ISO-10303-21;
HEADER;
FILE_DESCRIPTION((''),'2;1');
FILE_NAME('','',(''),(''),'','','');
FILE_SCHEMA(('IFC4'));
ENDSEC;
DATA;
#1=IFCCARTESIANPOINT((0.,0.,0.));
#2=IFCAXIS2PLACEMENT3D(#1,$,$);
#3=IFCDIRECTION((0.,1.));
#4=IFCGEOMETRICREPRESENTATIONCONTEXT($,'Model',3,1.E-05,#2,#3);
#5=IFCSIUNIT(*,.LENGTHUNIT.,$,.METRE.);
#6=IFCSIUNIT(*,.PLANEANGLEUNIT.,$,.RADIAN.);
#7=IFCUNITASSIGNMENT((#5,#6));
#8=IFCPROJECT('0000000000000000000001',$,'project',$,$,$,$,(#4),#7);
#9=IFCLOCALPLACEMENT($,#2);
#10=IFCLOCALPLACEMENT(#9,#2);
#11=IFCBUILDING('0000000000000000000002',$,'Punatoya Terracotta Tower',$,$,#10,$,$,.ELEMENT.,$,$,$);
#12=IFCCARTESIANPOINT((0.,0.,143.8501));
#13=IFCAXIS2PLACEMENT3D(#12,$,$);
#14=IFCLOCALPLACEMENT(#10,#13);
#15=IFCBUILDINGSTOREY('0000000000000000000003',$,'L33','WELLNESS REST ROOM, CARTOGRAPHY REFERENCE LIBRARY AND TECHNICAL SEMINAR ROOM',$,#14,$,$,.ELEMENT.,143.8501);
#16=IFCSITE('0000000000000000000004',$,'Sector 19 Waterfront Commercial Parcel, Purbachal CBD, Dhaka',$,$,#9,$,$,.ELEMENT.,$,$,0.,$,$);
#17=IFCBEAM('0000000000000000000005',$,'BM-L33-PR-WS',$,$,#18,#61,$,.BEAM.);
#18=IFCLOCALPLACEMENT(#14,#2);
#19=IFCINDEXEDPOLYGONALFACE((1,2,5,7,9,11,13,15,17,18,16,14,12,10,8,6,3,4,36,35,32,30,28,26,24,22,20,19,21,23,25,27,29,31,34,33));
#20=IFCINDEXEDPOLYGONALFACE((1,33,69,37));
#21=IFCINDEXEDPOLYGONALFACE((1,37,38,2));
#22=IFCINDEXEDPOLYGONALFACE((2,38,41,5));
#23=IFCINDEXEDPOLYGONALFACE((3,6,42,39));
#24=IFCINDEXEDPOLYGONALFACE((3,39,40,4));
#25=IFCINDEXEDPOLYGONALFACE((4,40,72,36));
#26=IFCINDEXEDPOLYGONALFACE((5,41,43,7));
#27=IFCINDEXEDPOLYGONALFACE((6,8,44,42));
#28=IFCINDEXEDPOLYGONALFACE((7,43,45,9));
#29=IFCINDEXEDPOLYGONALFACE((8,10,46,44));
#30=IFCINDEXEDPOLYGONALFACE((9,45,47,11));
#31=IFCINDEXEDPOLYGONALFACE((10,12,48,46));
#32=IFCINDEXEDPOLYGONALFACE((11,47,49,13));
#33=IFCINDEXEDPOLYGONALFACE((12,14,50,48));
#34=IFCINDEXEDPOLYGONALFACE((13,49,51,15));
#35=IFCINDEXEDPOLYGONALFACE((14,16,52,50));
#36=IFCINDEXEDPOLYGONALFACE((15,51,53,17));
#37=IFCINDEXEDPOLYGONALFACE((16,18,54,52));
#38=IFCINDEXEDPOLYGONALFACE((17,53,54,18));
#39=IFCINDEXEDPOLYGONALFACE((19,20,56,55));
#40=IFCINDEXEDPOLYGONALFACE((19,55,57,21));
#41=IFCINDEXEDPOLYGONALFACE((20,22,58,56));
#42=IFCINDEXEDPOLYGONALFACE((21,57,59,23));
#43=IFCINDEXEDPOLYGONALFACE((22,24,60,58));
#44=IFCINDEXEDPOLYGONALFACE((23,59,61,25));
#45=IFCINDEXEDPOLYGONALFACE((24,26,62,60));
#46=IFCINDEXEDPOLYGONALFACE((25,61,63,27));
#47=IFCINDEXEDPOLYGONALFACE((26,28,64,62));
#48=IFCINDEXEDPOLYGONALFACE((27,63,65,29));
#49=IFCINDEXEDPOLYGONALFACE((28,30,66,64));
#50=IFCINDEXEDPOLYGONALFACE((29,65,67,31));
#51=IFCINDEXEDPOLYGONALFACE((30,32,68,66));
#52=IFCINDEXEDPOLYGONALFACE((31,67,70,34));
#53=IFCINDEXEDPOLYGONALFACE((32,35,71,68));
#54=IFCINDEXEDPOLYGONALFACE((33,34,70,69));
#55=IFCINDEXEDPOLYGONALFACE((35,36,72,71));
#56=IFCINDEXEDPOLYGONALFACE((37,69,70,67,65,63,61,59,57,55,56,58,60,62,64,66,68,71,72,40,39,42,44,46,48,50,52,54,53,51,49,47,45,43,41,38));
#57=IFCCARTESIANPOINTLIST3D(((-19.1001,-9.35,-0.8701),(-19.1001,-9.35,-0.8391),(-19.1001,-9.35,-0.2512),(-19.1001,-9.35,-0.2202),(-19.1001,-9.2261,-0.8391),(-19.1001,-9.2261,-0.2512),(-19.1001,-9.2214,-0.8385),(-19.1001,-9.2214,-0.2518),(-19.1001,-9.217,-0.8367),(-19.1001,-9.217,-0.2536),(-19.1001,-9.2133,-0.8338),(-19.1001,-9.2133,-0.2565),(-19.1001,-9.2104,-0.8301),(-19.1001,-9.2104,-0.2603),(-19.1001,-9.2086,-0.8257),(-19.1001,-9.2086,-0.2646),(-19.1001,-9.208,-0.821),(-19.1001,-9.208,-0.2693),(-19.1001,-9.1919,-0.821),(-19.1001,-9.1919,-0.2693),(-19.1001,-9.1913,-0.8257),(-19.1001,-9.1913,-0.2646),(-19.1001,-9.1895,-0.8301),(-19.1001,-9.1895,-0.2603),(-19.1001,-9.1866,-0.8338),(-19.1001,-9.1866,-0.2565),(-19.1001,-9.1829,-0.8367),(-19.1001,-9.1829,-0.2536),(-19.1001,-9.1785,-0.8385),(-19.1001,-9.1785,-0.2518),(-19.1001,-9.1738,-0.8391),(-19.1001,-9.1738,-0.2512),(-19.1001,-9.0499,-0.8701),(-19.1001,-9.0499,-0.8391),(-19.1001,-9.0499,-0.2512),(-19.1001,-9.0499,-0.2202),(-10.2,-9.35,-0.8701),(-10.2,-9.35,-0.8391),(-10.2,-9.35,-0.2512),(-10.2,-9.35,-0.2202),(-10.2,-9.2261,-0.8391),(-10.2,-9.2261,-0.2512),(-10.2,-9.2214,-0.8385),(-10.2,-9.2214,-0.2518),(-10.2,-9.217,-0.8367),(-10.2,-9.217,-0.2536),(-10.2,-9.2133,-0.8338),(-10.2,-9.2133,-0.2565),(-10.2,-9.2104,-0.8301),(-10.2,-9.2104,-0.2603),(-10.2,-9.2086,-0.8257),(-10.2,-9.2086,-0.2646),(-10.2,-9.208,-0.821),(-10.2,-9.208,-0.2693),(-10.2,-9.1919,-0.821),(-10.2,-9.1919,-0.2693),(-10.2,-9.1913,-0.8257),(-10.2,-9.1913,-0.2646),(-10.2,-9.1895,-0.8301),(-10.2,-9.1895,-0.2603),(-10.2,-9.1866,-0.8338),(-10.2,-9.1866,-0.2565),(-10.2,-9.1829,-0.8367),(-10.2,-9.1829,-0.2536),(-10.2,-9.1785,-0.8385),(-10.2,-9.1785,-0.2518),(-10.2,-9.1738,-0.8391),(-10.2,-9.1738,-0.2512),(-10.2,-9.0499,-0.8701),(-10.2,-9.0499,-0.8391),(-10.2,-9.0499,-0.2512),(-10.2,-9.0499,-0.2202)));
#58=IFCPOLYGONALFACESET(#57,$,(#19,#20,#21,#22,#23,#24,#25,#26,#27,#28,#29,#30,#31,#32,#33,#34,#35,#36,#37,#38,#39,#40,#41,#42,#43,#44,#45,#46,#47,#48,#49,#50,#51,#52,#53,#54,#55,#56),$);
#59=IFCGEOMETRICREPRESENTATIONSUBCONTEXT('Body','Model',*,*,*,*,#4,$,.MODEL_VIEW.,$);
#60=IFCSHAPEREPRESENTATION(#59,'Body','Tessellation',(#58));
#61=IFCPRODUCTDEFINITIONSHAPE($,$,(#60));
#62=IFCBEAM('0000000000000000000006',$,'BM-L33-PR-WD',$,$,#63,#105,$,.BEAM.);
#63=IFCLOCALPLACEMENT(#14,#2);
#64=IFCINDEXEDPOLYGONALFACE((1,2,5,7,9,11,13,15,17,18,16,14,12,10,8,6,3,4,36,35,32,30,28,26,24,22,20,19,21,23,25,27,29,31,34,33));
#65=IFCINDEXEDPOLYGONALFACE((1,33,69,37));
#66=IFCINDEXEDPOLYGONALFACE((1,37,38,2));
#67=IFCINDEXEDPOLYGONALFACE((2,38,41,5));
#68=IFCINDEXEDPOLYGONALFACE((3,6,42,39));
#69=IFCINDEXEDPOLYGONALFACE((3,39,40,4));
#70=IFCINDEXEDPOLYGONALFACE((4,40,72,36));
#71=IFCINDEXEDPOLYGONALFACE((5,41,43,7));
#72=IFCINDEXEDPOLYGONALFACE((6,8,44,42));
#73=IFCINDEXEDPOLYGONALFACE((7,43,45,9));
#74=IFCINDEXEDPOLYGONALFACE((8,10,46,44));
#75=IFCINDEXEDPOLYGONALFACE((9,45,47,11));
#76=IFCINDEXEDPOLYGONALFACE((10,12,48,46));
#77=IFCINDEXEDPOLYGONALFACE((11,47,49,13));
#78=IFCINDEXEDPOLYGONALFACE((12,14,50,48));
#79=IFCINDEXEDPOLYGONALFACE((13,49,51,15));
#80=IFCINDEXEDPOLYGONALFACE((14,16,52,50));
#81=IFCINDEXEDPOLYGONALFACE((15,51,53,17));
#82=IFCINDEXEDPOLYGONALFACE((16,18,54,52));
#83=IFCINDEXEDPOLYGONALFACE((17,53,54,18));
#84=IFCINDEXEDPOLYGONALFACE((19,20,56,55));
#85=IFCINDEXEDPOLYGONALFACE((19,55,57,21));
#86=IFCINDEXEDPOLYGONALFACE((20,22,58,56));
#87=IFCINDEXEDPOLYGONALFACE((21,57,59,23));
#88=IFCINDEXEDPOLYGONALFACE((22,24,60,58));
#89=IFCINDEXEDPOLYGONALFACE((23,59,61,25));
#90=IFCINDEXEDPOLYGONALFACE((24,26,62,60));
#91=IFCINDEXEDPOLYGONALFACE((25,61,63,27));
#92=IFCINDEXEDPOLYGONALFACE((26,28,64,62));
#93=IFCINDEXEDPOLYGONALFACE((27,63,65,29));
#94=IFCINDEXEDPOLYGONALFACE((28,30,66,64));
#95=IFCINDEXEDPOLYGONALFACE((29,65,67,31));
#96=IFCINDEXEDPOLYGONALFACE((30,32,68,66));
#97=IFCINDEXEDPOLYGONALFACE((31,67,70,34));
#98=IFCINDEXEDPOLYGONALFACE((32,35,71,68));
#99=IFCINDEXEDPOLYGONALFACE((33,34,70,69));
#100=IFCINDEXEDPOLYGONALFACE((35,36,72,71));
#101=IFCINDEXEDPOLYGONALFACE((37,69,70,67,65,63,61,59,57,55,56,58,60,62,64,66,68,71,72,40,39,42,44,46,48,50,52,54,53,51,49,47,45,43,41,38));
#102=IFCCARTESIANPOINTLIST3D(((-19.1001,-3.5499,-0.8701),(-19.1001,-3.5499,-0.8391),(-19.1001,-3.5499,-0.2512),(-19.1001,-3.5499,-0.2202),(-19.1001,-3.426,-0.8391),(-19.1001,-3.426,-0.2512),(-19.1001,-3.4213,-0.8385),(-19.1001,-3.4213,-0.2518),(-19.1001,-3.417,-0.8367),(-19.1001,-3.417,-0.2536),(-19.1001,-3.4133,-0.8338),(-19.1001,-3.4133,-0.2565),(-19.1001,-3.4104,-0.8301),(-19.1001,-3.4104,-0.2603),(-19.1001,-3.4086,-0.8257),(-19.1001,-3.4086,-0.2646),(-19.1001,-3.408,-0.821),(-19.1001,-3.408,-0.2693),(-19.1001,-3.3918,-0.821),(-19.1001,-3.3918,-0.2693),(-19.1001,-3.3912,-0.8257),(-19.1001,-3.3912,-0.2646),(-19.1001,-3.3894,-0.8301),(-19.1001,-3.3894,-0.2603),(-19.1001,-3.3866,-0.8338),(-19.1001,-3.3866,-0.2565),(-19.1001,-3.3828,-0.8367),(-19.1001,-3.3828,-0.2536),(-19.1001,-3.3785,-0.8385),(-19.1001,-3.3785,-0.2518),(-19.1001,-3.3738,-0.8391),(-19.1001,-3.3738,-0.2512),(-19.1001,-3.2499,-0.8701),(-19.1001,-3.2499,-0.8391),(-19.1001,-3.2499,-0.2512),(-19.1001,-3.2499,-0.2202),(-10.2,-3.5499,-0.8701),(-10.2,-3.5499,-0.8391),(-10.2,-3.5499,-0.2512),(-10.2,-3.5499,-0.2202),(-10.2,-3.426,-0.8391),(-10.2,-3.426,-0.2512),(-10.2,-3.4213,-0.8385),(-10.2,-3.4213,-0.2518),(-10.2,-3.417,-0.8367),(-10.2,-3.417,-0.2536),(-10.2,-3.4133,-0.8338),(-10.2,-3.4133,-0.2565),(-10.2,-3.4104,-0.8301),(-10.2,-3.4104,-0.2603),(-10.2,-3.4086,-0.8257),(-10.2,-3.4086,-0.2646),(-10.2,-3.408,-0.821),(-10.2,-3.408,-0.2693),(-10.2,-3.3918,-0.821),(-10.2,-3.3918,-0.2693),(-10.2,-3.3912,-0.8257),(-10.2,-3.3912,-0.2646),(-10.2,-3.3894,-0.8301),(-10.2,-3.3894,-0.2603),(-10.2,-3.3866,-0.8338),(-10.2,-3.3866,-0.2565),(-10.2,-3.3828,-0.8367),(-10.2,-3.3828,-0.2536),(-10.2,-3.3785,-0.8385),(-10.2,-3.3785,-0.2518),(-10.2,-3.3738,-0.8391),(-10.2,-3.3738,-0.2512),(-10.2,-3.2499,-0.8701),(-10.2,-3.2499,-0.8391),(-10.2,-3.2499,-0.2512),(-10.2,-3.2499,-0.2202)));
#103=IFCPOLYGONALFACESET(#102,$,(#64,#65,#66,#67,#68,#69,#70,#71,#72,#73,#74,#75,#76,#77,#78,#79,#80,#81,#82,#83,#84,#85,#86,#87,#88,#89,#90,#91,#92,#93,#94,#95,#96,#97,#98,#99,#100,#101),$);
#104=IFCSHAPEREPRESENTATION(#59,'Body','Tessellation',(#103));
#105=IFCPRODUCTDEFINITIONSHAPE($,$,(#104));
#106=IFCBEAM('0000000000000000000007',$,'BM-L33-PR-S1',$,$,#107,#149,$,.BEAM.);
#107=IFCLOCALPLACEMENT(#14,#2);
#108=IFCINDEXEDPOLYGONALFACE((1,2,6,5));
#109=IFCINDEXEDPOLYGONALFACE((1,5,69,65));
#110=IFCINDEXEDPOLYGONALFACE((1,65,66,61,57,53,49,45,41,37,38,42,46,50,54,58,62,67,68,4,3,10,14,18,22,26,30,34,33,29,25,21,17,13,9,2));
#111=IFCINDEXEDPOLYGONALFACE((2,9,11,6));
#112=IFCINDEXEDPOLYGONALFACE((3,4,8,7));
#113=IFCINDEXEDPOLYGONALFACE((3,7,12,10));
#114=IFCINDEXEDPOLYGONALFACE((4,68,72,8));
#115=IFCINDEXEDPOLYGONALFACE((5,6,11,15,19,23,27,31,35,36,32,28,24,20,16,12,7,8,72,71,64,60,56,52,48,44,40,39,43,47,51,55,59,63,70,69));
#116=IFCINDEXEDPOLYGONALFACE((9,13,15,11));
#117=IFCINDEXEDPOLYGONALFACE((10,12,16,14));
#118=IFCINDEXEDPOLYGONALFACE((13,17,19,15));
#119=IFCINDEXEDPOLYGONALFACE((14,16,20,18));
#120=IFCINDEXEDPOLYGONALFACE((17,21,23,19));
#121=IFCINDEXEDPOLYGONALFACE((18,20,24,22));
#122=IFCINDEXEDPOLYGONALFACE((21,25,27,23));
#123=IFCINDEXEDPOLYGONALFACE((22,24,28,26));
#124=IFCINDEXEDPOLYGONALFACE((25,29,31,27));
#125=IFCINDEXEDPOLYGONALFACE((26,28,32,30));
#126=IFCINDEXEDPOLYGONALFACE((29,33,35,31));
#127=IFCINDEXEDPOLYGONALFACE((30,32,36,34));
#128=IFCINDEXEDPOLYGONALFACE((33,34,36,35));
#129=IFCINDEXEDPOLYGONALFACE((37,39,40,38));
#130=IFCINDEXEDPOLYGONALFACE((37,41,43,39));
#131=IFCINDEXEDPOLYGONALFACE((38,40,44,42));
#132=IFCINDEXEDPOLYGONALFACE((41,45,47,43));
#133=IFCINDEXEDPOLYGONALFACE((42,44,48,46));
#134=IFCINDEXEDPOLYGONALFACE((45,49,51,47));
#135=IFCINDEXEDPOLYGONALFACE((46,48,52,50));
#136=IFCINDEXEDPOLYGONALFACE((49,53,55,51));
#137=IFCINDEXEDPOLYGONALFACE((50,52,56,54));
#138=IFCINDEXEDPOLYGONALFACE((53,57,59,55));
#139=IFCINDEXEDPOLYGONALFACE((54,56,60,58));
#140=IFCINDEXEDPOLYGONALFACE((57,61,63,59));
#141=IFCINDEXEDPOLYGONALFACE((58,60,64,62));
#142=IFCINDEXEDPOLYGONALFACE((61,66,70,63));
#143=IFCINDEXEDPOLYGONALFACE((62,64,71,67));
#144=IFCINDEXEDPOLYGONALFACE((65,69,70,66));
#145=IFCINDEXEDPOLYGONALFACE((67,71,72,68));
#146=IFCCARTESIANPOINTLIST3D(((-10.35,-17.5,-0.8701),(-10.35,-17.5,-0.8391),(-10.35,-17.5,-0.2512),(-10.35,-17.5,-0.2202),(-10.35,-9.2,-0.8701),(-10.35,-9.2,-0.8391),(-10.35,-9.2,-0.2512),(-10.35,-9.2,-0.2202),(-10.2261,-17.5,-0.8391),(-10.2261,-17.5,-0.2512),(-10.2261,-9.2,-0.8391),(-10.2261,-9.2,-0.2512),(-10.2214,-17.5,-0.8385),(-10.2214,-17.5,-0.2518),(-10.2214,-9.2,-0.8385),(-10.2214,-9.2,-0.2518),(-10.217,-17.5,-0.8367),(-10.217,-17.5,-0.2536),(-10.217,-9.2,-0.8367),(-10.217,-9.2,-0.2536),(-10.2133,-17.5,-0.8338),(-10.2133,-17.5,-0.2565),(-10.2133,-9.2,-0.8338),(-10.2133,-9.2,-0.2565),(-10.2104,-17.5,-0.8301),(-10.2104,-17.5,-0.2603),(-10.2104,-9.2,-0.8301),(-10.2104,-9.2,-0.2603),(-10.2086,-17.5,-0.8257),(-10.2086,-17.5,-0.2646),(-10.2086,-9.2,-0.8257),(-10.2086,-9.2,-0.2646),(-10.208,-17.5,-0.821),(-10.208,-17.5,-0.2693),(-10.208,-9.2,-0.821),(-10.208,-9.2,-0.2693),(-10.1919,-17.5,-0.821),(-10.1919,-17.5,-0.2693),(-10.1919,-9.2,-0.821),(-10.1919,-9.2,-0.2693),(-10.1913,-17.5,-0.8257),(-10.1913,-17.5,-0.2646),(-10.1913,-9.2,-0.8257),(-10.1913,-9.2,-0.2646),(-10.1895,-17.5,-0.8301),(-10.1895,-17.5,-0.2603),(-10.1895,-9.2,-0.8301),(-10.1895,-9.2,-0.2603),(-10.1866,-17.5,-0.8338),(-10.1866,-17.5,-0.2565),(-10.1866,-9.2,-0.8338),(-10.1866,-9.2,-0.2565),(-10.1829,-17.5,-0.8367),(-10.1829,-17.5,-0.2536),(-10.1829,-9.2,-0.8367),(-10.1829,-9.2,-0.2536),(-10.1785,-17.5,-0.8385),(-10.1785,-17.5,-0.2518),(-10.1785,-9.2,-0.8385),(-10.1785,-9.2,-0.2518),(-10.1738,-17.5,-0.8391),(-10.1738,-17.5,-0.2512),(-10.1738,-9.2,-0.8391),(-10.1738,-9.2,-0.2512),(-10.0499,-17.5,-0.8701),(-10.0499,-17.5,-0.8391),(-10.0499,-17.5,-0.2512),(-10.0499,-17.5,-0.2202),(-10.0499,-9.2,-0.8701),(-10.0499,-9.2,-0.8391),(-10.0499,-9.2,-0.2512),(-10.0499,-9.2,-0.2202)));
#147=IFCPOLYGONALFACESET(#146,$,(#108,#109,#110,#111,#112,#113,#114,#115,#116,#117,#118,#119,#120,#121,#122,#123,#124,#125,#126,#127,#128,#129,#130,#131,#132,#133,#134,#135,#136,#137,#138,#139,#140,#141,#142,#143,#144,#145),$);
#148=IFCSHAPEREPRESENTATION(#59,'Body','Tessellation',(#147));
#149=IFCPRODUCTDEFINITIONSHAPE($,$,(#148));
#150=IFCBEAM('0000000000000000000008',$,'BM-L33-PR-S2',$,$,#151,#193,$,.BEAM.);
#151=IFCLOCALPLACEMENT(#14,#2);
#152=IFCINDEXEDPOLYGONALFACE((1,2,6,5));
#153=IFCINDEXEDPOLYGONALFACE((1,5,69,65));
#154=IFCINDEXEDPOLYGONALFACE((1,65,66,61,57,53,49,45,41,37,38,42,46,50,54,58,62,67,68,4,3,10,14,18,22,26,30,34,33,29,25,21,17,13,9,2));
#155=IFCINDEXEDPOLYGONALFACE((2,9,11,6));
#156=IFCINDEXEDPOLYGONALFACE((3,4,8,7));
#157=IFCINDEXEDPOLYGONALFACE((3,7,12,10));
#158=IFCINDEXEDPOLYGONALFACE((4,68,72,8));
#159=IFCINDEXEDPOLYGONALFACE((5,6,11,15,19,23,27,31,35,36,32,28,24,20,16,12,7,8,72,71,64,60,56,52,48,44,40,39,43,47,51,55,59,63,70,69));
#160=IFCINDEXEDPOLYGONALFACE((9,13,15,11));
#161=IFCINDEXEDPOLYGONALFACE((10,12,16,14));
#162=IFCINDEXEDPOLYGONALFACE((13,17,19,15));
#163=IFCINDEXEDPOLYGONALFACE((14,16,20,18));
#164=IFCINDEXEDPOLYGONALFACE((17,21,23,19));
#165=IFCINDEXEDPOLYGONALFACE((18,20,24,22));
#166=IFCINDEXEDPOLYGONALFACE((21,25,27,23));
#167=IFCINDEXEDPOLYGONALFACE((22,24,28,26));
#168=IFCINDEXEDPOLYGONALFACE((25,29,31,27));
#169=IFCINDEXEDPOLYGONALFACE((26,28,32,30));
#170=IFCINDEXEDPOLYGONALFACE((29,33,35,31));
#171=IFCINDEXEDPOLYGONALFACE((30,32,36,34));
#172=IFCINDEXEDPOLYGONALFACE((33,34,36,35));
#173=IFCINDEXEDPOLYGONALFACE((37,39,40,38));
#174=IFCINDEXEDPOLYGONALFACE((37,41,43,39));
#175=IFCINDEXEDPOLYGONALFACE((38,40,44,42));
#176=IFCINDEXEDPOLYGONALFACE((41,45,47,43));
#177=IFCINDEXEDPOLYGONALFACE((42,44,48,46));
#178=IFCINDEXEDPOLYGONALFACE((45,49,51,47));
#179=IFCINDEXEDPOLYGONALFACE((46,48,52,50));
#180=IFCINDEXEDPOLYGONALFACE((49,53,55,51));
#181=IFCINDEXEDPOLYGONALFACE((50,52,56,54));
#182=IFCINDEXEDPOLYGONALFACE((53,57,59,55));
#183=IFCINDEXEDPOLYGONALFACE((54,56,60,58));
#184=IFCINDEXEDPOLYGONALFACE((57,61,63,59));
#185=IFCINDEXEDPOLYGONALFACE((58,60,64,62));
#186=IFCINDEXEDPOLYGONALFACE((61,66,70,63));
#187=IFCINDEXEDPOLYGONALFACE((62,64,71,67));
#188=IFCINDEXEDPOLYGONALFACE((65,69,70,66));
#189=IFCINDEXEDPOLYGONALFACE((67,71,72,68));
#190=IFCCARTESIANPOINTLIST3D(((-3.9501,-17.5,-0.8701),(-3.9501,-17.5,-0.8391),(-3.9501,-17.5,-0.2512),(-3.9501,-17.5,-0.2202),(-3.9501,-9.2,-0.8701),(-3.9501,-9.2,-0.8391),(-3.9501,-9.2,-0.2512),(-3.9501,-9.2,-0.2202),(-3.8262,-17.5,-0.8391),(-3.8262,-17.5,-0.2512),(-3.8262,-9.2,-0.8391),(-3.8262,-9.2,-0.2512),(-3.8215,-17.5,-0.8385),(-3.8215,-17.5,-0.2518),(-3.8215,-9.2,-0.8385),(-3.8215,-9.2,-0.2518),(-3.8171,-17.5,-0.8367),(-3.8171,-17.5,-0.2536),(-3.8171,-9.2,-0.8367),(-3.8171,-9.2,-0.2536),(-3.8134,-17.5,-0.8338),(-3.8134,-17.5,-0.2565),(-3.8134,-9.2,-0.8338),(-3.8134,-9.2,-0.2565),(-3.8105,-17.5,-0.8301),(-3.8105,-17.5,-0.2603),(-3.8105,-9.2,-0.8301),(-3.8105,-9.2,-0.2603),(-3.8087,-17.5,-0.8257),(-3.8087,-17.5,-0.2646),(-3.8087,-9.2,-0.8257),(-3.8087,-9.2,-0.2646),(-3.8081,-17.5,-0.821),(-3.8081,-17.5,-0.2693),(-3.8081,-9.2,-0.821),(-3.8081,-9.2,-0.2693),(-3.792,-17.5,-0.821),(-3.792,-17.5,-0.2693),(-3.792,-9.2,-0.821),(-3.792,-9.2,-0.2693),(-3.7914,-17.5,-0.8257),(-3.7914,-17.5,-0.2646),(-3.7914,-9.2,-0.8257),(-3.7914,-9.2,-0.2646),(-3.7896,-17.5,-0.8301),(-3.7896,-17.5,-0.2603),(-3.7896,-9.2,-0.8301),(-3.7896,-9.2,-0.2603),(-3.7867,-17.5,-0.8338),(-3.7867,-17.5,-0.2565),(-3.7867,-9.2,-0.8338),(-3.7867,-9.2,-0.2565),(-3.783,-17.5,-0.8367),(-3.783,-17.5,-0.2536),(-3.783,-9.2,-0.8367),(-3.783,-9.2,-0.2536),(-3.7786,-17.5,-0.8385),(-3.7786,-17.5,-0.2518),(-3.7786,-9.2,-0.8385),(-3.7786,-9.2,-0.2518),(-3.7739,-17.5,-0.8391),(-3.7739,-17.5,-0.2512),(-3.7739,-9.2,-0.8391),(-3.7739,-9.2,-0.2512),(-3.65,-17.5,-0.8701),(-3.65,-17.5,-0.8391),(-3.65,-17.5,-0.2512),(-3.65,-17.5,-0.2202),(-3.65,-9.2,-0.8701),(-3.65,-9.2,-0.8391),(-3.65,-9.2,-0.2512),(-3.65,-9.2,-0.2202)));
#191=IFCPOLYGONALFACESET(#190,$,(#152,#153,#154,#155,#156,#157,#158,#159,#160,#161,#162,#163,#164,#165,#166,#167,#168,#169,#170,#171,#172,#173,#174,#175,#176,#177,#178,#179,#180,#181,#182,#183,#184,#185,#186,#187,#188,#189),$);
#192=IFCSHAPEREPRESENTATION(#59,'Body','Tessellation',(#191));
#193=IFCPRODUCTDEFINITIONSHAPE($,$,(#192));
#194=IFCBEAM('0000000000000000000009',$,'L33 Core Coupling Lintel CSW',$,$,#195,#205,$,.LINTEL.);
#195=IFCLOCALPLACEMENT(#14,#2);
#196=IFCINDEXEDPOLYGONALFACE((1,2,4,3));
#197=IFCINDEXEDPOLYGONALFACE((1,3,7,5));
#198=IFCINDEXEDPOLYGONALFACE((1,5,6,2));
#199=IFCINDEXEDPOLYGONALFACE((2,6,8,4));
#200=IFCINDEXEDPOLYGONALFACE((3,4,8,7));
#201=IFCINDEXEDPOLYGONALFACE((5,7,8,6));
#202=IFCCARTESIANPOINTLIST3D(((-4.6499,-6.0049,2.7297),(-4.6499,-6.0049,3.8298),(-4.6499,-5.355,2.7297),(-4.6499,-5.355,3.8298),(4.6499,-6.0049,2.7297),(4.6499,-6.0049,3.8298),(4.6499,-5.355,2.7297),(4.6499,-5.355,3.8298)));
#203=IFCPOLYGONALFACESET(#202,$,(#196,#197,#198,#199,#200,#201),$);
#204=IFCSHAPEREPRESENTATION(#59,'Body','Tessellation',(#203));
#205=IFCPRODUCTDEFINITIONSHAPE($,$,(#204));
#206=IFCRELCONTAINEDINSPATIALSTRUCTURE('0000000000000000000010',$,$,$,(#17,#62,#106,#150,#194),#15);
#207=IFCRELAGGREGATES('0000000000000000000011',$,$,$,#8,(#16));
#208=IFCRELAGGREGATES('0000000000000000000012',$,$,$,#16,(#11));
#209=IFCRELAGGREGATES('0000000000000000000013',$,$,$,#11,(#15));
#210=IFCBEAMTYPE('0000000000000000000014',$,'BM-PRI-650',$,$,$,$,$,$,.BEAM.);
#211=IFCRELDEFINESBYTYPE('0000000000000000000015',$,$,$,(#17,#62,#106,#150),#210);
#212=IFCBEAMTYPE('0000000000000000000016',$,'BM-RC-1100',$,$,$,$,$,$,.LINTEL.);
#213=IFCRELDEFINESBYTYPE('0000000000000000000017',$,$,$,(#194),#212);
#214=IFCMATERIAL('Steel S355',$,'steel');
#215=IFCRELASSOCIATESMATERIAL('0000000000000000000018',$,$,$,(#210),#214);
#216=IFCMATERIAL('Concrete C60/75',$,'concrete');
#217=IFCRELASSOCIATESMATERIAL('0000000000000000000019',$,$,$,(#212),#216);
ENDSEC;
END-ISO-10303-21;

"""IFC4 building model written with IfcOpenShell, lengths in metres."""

from ifc_helpers import new_model, si_unit, direction, frame, origin, origin_2d, place, context, subcontext, project, spatial, rectangle, i_section, extrude, material, material_profile, profile_set, type_object, element, save


model = new_model("IFC4")

# Units and contexts
model_context = context("Model", 3, precision=1e-05, world=origin(), true_north=direction((0.0, 1.0)))
body_context = subcontext(model_context, "Body", "Model", "MODEL_VIEW")
ifc_project = project(units=[si_unit("LENGTHUNIT", "METRE"), si_unit("PLANEANGLEUNIT", "RADIAN")], contexts=[model_context])

# Site, building, storey
site_placement = place(None, origin())
site = spatial("IfcSite", under=ifc_project, at=site_placement, Name="Sector 19 Waterfront Commercial Parcel, Purbachal CBD, Dhaka", CompositionType="ELEMENT", RefElevation=0.0)
building_placement = place(site_placement, origin())
building = spatial("IfcBuilding", under=site, at=building_placement, Name="Punatoya Terracotta Tower", CompositionType="ELEMENT")
storey_placement = place(building_placement, frame((0.0, 0.0, 143.8501)))
storey = spatial("IfcBuildingStorey", under=building, at=storey_placement, Name="L33", Description="WELLNESS REST ROOM, CARTOGRAPHY REFERENCE LIBRARY AND TECHNICAL SEMINAR ROOM", CompositionType="ELEMENT", Elevation=143.8501)

# Beams
ifc_material_1 = material(Name="Steel S355", Category="steel")
ifc_material_profile_1 = material_profile(ifc_material_1, i_section(OverallWidth=0.3, OverallDepth=0.6499, WebThickness=0.0161, FlangeThickness=0.031, FilletRadius=0.0181, at=origin_2d()))
ifc_profile_set_1 = profile_set([ifc_material_profile_1], Name="Steel S355")
beam_type_1 = type_object("IfcBeamType", Name="BM-PRI-650", PredefinedType="BEAM", material=ifc_profile_set_1)
for number, where, z_axis, x_axis, name in (
    (1, (-19.1001, -9.2, -0.5452), (1.0, 0.0, 0.0), (0.0, 1.0, 0.0), "BM-L33-PR-WS"),
    (2, (-19.1001, -3.3999, -0.5452), (1.0, 0.0, 0.0), (0.0, 1.0, 0.0), "BM-L33-PR-WD"),
):
    element("IfcBeam", number, at=place(storey_placement, frame(where, z_axis=z_axis, x_axis=x_axis)), inside=storey, type_object=beam_type_1, Name=name, PredefinedType="BEAM", context=body_context, shape_type="SweptSolid", body=[
        extrude(i_section(OverallWidth=0.3, OverallDepth=0.6499, WebThickness=0.0161, FlangeThickness=0.031, FilletRadius=0.0181, at=origin_2d()), origin(), (0.0, 0.0, 1.0), 8.9001),
    ])
for number, where, z_axis, x_axis, name in (
    (3, (-10.2, -17.5, -0.5452), (0.0, 1.0, 0.0), (-1.0, 0.0, 0.0), "BM-L33-PR-S1"),
    (4, (-3.8, -17.5, -0.5452), (0.0, 1.0, 0.0), (-1.0, 0.0, 0.0), "BM-L33-PR-S2"),
):
    element("IfcBeam", number, at=place(storey_placement, frame(where, z_axis=z_axis, x_axis=x_axis)), inside=storey, type_object=beam_type_1, Name=name, PredefinedType="BEAM", context=body_context, shape_type="SweptSolid", body=[
        extrude(i_section(OverallWidth=0.3, OverallDepth=0.6499, WebThickness=0.0161, FlangeThickness=0.031, FilletRadius=0.0181, at=origin_2d()), origin(), (0.0, 0.0, 1.0), 8.3),
    ])
ifc_material_2 = material(Name="Concrete C60/75", Category="concrete")
ifc_material_profile_2 = material_profile(ifc_material_2, rectangle(XDim=0.6499, YDim=1.1001, at=origin_2d()))
ifc_profile_set_2 = profile_set([ifc_material_profile_2], Name="Concrete C60/75")
beam_type_2 = type_object("IfcBeamType", Name="BM-RC-1100", PredefinedType="LINTEL", material=ifc_profile_set_2)
beam_1_placement = place(storey_placement, frame((-4.6499, -5.6799, 3.2798), z_axis=(1.0, 0.0, 0.0), x_axis=(0.0, 1.0, 0.0)))
element("IfcBeam", 5, at=beam_1_placement, inside=storey, type_object=beam_type_2, Name="L33 Core Coupling Lintel CSW", PredefinedType="LINTEL", context=body_context, shape_type="SweptSolid", body=[
    extrude(rectangle(XDim=0.6499, YDim=1.1001, at=origin_2d()), origin(), (0.0, 0.0, 1.0), 9.2998),
])

save(model, "model.ifc")
